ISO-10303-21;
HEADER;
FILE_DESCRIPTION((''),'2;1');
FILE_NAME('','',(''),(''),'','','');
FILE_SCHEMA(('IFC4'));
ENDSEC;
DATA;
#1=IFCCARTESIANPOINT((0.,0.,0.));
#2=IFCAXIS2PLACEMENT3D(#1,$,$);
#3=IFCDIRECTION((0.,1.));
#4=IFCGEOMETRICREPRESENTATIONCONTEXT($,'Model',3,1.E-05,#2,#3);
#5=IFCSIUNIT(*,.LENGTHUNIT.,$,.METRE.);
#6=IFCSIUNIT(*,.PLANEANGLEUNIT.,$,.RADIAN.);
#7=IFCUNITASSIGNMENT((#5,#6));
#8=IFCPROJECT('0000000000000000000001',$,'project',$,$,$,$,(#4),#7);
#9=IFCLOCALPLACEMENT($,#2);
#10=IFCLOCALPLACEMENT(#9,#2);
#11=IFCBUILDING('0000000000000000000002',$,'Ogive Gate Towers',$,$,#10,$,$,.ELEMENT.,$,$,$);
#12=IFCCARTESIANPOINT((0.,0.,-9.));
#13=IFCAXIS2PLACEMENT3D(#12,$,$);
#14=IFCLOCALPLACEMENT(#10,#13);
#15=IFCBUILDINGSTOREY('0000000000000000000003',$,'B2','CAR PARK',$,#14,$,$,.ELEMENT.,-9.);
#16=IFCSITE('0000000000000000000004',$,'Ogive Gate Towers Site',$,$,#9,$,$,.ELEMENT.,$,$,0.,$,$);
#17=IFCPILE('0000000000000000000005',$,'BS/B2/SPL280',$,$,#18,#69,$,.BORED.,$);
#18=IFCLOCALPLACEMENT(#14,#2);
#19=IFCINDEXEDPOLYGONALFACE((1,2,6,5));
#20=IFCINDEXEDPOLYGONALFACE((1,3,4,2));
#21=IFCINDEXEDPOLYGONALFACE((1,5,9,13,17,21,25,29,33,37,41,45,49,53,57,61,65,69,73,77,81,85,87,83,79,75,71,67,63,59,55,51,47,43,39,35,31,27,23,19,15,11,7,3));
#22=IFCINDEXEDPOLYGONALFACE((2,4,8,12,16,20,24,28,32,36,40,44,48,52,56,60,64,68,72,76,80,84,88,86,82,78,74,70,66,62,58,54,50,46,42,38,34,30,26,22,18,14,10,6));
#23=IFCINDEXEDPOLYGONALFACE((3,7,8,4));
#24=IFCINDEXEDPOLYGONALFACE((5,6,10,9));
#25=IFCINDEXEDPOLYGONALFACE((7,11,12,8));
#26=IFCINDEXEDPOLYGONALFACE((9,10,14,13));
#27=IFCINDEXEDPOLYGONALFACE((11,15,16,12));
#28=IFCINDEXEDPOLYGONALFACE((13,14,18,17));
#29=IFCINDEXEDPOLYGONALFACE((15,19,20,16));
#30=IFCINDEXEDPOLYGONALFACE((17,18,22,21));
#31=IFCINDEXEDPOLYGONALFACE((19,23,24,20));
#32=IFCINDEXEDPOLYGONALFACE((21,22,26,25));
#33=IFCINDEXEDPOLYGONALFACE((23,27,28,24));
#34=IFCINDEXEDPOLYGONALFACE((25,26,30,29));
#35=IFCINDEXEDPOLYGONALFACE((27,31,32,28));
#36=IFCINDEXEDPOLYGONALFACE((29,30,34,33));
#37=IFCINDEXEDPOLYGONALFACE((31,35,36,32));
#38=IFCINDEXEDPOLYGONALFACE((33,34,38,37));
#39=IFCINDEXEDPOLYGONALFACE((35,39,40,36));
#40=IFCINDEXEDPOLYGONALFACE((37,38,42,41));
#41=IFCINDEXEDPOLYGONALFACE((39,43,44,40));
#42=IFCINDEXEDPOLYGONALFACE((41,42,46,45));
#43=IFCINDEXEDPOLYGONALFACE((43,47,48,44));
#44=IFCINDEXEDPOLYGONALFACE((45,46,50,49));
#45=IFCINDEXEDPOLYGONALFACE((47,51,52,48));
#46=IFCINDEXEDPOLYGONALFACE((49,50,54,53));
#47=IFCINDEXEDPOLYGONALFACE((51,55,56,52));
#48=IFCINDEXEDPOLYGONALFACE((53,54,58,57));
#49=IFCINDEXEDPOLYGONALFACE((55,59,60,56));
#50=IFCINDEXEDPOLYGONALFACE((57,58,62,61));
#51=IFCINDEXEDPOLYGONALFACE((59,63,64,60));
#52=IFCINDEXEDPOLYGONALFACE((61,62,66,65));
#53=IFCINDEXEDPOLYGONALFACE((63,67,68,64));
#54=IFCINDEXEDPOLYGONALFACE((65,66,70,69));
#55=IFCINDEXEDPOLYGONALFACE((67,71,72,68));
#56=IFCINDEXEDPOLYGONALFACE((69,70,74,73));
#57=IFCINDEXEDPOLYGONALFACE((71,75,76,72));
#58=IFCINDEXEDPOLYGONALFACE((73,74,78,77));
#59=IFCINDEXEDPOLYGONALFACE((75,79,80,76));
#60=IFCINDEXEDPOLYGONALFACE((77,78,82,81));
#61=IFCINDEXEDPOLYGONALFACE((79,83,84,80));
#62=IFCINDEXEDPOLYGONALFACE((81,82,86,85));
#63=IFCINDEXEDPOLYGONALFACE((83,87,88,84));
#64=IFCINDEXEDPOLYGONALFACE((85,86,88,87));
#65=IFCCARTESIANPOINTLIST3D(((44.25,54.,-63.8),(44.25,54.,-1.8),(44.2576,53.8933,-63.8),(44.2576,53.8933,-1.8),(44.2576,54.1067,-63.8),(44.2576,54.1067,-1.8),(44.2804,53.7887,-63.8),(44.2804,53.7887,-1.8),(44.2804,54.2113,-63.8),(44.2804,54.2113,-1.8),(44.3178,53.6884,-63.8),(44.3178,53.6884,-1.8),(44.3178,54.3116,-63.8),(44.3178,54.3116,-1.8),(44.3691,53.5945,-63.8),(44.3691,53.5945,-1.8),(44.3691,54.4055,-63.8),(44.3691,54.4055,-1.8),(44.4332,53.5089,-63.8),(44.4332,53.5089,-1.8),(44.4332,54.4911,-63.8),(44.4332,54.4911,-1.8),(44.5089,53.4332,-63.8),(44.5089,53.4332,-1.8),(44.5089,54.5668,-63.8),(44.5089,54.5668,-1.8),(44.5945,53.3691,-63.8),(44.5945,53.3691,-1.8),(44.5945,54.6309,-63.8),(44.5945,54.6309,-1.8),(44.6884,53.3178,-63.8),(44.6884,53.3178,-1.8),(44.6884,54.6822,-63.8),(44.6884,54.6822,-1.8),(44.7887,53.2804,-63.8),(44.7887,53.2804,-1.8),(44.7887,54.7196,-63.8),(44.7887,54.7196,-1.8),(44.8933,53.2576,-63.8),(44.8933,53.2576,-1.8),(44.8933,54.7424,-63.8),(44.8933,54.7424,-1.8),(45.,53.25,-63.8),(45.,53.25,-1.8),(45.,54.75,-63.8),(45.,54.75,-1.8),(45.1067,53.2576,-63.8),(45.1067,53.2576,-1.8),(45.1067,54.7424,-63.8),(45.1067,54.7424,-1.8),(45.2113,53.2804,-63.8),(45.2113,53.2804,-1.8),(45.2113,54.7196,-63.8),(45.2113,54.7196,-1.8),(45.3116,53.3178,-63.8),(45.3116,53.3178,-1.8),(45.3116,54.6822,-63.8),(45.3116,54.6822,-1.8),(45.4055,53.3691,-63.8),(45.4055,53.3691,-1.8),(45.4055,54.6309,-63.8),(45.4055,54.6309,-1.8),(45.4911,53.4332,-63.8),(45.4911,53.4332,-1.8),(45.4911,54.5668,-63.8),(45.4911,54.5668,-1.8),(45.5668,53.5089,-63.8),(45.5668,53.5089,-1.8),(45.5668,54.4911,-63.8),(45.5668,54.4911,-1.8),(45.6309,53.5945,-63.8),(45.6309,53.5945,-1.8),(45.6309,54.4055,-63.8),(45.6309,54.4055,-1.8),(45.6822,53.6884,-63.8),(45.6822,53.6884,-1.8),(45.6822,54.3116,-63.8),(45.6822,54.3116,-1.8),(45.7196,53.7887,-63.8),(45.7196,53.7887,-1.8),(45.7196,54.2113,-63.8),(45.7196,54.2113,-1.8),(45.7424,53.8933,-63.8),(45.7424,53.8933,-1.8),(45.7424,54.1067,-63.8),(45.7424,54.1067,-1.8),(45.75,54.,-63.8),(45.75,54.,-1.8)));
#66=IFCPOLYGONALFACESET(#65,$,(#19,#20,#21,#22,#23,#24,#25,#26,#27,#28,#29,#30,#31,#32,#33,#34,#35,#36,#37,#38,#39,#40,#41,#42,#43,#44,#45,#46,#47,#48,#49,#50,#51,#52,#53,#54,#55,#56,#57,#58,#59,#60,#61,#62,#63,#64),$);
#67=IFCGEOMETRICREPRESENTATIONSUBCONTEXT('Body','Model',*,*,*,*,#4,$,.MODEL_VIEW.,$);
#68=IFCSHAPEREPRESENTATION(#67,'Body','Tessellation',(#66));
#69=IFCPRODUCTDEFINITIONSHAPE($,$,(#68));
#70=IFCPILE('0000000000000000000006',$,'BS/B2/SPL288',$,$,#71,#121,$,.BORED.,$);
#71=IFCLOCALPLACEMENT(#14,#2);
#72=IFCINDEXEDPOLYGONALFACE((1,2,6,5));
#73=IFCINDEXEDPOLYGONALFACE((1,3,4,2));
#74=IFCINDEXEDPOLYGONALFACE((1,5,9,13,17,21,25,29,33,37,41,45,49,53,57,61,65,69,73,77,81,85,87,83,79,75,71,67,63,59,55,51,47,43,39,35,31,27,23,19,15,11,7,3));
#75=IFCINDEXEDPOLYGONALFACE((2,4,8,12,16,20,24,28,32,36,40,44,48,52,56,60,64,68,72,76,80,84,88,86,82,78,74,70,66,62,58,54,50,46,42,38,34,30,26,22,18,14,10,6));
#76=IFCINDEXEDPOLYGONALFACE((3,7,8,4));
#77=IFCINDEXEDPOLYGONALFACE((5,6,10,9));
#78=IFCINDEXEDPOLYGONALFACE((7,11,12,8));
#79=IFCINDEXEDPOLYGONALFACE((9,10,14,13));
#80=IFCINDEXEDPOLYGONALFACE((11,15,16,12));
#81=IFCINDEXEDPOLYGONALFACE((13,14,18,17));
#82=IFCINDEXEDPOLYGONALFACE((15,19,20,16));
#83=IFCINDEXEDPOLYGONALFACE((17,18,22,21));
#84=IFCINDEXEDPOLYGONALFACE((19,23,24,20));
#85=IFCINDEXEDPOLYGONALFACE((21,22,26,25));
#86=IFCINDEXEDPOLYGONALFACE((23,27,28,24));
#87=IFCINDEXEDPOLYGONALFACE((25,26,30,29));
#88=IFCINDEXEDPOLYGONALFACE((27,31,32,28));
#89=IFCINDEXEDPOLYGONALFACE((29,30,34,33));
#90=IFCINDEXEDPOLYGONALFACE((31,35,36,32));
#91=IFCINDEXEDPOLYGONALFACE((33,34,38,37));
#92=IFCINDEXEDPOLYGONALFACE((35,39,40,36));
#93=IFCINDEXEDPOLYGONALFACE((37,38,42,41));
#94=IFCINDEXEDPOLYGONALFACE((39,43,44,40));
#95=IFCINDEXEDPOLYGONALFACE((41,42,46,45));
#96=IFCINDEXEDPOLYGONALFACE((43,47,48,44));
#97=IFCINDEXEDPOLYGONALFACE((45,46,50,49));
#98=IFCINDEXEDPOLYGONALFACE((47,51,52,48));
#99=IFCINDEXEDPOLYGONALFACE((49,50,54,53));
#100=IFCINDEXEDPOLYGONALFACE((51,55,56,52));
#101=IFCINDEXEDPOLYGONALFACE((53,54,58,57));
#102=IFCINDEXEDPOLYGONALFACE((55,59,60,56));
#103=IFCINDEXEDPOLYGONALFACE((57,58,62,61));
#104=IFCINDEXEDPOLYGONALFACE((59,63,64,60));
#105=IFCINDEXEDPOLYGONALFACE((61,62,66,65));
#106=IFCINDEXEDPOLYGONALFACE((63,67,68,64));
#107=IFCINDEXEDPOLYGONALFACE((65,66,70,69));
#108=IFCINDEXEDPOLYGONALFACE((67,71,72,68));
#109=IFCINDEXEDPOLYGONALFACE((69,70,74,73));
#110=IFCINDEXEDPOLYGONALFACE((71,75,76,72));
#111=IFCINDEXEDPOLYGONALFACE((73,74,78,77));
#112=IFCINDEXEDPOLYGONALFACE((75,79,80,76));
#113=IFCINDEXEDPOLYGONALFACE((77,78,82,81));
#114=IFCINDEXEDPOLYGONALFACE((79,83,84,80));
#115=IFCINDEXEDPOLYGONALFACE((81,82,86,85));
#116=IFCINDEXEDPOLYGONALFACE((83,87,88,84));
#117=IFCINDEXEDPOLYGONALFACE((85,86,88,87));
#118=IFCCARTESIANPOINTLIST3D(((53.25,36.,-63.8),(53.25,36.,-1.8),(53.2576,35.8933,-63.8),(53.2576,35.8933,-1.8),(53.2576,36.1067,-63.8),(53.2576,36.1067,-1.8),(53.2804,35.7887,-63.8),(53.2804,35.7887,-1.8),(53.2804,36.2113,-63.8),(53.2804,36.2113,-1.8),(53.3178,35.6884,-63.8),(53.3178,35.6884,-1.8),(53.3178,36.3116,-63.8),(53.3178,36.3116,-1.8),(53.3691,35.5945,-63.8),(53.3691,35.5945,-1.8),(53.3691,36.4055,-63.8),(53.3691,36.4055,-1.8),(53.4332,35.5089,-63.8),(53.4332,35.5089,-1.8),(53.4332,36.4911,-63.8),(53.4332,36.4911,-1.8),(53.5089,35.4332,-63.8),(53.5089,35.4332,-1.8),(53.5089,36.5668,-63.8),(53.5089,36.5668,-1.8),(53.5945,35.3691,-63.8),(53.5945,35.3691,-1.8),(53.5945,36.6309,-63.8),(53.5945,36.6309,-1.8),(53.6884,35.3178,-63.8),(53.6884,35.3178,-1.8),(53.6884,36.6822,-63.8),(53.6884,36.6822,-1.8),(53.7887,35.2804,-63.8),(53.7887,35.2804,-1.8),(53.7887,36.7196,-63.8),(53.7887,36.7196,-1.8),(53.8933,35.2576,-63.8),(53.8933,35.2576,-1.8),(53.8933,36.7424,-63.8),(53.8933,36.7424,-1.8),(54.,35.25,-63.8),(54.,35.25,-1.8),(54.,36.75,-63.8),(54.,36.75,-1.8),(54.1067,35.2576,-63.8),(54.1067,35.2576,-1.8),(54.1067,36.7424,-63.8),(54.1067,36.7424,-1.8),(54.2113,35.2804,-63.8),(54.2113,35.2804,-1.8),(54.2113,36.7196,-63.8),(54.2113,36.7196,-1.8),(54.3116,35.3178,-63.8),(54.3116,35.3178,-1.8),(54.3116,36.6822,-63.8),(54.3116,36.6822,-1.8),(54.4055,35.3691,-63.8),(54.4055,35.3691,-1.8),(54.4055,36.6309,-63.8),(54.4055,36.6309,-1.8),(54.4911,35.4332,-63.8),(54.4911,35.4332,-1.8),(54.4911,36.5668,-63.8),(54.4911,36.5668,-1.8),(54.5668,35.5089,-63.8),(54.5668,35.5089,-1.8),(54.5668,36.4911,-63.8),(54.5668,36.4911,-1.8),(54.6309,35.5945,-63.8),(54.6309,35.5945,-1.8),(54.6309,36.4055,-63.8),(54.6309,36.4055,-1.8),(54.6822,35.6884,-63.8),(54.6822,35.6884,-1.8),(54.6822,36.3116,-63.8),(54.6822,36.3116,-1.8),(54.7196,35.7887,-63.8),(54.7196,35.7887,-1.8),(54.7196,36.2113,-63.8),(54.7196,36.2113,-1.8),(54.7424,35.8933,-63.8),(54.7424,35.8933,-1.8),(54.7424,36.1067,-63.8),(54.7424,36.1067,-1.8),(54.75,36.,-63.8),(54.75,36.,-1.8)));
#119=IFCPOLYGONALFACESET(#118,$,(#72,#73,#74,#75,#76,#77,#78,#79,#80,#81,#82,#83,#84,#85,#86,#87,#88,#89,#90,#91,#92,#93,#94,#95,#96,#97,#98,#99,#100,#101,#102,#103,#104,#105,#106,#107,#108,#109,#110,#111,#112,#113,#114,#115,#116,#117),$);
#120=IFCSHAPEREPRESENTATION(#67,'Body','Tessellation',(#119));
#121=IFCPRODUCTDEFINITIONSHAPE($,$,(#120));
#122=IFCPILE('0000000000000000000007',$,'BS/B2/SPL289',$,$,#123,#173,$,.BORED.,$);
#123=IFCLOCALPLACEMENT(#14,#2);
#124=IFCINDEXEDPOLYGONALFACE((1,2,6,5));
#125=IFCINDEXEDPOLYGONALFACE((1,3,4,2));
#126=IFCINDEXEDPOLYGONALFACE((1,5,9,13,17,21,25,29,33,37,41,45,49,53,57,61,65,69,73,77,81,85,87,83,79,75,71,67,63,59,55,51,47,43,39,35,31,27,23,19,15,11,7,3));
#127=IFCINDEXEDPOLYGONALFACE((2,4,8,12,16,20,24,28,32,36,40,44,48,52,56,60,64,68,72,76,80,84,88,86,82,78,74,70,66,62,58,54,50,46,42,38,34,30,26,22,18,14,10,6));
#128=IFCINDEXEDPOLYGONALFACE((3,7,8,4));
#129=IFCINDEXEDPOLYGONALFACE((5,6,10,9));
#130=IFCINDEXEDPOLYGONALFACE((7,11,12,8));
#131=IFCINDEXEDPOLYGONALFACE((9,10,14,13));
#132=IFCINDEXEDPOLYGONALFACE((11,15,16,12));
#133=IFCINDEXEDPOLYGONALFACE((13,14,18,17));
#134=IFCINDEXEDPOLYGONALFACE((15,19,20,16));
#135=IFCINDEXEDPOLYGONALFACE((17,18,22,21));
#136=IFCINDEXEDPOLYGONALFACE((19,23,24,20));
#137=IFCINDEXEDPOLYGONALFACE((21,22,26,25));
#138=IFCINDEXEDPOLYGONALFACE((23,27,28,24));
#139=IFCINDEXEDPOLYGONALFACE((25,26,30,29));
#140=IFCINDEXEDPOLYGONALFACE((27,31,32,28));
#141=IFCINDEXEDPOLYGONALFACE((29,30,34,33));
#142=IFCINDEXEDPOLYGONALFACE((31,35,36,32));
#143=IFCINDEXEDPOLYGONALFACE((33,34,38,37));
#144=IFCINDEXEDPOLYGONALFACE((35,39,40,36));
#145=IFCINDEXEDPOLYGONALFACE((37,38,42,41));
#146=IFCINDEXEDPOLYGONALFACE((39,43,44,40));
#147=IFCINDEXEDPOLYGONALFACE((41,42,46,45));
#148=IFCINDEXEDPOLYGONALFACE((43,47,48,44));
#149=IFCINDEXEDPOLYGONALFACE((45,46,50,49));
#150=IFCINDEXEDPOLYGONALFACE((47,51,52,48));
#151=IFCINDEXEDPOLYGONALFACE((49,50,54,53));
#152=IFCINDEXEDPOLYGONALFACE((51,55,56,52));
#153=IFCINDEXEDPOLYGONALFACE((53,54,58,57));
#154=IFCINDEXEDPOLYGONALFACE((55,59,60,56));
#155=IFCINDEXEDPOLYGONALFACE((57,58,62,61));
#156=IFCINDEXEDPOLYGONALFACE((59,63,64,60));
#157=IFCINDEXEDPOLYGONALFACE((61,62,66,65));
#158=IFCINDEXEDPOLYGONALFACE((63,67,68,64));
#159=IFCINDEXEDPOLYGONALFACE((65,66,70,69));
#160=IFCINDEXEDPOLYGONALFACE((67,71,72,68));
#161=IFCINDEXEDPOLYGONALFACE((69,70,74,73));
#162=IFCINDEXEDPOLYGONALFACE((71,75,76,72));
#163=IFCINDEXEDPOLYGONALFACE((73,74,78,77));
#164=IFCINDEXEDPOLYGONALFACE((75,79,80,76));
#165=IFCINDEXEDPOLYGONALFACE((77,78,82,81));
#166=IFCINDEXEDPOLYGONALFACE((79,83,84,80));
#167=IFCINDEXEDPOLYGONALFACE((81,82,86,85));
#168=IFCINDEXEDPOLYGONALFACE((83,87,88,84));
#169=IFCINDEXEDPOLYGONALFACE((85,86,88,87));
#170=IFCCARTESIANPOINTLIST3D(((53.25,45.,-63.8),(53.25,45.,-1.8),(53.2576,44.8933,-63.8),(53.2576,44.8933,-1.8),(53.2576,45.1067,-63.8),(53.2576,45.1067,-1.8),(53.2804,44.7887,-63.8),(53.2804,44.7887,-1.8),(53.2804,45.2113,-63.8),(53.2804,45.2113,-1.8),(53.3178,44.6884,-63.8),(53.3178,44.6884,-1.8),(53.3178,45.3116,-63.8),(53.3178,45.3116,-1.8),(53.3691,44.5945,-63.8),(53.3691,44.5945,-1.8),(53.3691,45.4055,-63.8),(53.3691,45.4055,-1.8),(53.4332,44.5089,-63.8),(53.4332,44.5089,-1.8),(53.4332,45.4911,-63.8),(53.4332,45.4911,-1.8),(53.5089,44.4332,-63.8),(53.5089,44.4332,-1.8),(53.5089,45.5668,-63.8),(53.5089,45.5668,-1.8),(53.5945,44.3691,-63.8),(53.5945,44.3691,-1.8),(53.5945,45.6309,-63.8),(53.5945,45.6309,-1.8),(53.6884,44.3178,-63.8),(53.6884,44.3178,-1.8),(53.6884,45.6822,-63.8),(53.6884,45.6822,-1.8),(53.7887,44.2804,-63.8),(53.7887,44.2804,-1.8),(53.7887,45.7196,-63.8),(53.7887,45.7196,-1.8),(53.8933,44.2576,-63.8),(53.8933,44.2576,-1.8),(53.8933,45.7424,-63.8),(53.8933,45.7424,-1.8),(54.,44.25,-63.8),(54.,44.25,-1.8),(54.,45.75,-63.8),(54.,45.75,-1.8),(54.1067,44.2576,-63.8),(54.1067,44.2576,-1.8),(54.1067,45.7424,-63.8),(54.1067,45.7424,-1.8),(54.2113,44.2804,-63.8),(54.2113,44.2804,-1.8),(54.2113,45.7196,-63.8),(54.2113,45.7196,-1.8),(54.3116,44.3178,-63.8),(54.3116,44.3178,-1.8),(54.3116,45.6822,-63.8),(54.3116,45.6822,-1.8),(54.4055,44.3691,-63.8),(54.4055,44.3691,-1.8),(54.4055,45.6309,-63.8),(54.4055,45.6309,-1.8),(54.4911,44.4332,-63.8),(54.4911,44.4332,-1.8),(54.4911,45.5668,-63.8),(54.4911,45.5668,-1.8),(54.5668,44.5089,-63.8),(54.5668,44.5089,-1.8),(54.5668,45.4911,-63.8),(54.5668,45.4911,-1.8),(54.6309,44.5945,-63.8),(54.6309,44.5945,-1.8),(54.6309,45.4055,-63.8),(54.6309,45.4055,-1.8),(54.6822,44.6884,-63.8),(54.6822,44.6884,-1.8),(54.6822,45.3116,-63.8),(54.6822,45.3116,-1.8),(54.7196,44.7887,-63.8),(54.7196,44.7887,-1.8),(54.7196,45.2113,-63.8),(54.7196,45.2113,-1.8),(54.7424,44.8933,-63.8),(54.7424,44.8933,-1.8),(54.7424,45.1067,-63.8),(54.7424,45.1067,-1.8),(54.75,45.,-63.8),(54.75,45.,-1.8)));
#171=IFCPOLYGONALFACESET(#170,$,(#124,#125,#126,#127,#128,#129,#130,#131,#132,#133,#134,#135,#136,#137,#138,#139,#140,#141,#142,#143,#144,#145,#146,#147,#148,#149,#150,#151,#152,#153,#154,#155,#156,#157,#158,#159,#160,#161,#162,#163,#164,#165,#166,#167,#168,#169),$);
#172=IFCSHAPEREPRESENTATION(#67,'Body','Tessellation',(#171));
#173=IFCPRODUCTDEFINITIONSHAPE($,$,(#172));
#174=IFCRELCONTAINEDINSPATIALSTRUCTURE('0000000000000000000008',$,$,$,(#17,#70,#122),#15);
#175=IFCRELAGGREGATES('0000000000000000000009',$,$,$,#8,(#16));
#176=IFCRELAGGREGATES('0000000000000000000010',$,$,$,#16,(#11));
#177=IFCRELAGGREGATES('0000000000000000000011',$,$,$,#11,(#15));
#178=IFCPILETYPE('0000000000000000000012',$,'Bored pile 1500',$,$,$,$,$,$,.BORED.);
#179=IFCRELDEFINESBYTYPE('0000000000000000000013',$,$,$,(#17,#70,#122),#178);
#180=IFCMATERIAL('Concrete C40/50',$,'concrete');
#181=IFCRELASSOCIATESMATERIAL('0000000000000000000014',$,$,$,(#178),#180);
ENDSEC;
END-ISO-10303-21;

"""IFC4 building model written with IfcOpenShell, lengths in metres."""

from ifc_helpers import new_model, si_unit, direction, frame, origin, origin_2d, place, context, subcontext, project, spatial, circle, extrude, material, material_profile, profile_set, type_object, element, save


model = new_model("IFC4")

# Units and contexts
model_context = context("Model", 3, precision=1e-05, world=origin(), true_north=direction((0.0, 1.0)))
body_context = subcontext(model_context, "Body", "Model", "MODEL_VIEW")
ifc_project = project(units=[si_unit("LENGTHUNIT", "METRE"), si_unit("PLANEANGLEUNIT", "RADIAN")], contexts=[model_context])

# Site, building, storey
site_placement = place(None, origin())
site = spatial("IfcSite", under=ifc_project, at=site_placement, Name="Ogive Gate Towers Site", CompositionType="ELEMENT", RefElevation=0.0)
building_placement = place(site_placement, origin())
building = spatial("IfcBuilding", under=site, at=building_placement, Name="Ogive Gate Towers", CompositionType="ELEMENT")
storey_placement = place(building_placement, frame((0.0, 0.0, -9.0)))
storey = spatial("IfcBuildingStorey", under=building, at=storey_placement, Name="B2", Description="CAR PARK", CompositionType="ELEMENT", Elevation=-9.0)

# Piles
ifc_material_1 = material(Name="Concrete C40/50", Category="concrete")
ifc_material_profile_1 = material_profile(ifc_material_1, circle(Radius=0.75, at=origin_2d()), Name="BP 1500")
ifc_profile_set_1 = profile_set([ifc_material_profile_1], Name="Concrete C40/50")
pile_type = type_object("IfcPileType", Name="Bored pile 1500", PredefinedType="BORED", material=ifc_profile_set_1)
for number, where, z_axis, x_axis, name in (
    (1, (45.0, 54.0, -1.8), (0.0, 0.0, -1.0), (1.0, 0.0, 0.0), "BS/B2/SPL280"),
    (2, (54.0, 36.0, -1.8), (0.0, 0.0, -1.0), (1.0, 0.0, 0.0), "BS/B2/SPL288"),
    (3, (54.0, 45.0, -1.8), (0.0, 0.0, -1.0), (1.0, 0.0, 0.0), "BS/B2/SPL289"),
):
    element("IfcPile", number, at=place(storey_placement, frame(where, z_axis=z_axis, x_axis=x_axis)), inside=storey, type_object=pile_type, Name=name, PredefinedType="BORED", context=body_context, shape_type="SweptSolid", body=[
        extrude(circle(Radius=0.75, at=origin_2d()), origin(), (0.0, 0.0, 1.0), 62.0),
    ])

save(model, "model.ifc")
